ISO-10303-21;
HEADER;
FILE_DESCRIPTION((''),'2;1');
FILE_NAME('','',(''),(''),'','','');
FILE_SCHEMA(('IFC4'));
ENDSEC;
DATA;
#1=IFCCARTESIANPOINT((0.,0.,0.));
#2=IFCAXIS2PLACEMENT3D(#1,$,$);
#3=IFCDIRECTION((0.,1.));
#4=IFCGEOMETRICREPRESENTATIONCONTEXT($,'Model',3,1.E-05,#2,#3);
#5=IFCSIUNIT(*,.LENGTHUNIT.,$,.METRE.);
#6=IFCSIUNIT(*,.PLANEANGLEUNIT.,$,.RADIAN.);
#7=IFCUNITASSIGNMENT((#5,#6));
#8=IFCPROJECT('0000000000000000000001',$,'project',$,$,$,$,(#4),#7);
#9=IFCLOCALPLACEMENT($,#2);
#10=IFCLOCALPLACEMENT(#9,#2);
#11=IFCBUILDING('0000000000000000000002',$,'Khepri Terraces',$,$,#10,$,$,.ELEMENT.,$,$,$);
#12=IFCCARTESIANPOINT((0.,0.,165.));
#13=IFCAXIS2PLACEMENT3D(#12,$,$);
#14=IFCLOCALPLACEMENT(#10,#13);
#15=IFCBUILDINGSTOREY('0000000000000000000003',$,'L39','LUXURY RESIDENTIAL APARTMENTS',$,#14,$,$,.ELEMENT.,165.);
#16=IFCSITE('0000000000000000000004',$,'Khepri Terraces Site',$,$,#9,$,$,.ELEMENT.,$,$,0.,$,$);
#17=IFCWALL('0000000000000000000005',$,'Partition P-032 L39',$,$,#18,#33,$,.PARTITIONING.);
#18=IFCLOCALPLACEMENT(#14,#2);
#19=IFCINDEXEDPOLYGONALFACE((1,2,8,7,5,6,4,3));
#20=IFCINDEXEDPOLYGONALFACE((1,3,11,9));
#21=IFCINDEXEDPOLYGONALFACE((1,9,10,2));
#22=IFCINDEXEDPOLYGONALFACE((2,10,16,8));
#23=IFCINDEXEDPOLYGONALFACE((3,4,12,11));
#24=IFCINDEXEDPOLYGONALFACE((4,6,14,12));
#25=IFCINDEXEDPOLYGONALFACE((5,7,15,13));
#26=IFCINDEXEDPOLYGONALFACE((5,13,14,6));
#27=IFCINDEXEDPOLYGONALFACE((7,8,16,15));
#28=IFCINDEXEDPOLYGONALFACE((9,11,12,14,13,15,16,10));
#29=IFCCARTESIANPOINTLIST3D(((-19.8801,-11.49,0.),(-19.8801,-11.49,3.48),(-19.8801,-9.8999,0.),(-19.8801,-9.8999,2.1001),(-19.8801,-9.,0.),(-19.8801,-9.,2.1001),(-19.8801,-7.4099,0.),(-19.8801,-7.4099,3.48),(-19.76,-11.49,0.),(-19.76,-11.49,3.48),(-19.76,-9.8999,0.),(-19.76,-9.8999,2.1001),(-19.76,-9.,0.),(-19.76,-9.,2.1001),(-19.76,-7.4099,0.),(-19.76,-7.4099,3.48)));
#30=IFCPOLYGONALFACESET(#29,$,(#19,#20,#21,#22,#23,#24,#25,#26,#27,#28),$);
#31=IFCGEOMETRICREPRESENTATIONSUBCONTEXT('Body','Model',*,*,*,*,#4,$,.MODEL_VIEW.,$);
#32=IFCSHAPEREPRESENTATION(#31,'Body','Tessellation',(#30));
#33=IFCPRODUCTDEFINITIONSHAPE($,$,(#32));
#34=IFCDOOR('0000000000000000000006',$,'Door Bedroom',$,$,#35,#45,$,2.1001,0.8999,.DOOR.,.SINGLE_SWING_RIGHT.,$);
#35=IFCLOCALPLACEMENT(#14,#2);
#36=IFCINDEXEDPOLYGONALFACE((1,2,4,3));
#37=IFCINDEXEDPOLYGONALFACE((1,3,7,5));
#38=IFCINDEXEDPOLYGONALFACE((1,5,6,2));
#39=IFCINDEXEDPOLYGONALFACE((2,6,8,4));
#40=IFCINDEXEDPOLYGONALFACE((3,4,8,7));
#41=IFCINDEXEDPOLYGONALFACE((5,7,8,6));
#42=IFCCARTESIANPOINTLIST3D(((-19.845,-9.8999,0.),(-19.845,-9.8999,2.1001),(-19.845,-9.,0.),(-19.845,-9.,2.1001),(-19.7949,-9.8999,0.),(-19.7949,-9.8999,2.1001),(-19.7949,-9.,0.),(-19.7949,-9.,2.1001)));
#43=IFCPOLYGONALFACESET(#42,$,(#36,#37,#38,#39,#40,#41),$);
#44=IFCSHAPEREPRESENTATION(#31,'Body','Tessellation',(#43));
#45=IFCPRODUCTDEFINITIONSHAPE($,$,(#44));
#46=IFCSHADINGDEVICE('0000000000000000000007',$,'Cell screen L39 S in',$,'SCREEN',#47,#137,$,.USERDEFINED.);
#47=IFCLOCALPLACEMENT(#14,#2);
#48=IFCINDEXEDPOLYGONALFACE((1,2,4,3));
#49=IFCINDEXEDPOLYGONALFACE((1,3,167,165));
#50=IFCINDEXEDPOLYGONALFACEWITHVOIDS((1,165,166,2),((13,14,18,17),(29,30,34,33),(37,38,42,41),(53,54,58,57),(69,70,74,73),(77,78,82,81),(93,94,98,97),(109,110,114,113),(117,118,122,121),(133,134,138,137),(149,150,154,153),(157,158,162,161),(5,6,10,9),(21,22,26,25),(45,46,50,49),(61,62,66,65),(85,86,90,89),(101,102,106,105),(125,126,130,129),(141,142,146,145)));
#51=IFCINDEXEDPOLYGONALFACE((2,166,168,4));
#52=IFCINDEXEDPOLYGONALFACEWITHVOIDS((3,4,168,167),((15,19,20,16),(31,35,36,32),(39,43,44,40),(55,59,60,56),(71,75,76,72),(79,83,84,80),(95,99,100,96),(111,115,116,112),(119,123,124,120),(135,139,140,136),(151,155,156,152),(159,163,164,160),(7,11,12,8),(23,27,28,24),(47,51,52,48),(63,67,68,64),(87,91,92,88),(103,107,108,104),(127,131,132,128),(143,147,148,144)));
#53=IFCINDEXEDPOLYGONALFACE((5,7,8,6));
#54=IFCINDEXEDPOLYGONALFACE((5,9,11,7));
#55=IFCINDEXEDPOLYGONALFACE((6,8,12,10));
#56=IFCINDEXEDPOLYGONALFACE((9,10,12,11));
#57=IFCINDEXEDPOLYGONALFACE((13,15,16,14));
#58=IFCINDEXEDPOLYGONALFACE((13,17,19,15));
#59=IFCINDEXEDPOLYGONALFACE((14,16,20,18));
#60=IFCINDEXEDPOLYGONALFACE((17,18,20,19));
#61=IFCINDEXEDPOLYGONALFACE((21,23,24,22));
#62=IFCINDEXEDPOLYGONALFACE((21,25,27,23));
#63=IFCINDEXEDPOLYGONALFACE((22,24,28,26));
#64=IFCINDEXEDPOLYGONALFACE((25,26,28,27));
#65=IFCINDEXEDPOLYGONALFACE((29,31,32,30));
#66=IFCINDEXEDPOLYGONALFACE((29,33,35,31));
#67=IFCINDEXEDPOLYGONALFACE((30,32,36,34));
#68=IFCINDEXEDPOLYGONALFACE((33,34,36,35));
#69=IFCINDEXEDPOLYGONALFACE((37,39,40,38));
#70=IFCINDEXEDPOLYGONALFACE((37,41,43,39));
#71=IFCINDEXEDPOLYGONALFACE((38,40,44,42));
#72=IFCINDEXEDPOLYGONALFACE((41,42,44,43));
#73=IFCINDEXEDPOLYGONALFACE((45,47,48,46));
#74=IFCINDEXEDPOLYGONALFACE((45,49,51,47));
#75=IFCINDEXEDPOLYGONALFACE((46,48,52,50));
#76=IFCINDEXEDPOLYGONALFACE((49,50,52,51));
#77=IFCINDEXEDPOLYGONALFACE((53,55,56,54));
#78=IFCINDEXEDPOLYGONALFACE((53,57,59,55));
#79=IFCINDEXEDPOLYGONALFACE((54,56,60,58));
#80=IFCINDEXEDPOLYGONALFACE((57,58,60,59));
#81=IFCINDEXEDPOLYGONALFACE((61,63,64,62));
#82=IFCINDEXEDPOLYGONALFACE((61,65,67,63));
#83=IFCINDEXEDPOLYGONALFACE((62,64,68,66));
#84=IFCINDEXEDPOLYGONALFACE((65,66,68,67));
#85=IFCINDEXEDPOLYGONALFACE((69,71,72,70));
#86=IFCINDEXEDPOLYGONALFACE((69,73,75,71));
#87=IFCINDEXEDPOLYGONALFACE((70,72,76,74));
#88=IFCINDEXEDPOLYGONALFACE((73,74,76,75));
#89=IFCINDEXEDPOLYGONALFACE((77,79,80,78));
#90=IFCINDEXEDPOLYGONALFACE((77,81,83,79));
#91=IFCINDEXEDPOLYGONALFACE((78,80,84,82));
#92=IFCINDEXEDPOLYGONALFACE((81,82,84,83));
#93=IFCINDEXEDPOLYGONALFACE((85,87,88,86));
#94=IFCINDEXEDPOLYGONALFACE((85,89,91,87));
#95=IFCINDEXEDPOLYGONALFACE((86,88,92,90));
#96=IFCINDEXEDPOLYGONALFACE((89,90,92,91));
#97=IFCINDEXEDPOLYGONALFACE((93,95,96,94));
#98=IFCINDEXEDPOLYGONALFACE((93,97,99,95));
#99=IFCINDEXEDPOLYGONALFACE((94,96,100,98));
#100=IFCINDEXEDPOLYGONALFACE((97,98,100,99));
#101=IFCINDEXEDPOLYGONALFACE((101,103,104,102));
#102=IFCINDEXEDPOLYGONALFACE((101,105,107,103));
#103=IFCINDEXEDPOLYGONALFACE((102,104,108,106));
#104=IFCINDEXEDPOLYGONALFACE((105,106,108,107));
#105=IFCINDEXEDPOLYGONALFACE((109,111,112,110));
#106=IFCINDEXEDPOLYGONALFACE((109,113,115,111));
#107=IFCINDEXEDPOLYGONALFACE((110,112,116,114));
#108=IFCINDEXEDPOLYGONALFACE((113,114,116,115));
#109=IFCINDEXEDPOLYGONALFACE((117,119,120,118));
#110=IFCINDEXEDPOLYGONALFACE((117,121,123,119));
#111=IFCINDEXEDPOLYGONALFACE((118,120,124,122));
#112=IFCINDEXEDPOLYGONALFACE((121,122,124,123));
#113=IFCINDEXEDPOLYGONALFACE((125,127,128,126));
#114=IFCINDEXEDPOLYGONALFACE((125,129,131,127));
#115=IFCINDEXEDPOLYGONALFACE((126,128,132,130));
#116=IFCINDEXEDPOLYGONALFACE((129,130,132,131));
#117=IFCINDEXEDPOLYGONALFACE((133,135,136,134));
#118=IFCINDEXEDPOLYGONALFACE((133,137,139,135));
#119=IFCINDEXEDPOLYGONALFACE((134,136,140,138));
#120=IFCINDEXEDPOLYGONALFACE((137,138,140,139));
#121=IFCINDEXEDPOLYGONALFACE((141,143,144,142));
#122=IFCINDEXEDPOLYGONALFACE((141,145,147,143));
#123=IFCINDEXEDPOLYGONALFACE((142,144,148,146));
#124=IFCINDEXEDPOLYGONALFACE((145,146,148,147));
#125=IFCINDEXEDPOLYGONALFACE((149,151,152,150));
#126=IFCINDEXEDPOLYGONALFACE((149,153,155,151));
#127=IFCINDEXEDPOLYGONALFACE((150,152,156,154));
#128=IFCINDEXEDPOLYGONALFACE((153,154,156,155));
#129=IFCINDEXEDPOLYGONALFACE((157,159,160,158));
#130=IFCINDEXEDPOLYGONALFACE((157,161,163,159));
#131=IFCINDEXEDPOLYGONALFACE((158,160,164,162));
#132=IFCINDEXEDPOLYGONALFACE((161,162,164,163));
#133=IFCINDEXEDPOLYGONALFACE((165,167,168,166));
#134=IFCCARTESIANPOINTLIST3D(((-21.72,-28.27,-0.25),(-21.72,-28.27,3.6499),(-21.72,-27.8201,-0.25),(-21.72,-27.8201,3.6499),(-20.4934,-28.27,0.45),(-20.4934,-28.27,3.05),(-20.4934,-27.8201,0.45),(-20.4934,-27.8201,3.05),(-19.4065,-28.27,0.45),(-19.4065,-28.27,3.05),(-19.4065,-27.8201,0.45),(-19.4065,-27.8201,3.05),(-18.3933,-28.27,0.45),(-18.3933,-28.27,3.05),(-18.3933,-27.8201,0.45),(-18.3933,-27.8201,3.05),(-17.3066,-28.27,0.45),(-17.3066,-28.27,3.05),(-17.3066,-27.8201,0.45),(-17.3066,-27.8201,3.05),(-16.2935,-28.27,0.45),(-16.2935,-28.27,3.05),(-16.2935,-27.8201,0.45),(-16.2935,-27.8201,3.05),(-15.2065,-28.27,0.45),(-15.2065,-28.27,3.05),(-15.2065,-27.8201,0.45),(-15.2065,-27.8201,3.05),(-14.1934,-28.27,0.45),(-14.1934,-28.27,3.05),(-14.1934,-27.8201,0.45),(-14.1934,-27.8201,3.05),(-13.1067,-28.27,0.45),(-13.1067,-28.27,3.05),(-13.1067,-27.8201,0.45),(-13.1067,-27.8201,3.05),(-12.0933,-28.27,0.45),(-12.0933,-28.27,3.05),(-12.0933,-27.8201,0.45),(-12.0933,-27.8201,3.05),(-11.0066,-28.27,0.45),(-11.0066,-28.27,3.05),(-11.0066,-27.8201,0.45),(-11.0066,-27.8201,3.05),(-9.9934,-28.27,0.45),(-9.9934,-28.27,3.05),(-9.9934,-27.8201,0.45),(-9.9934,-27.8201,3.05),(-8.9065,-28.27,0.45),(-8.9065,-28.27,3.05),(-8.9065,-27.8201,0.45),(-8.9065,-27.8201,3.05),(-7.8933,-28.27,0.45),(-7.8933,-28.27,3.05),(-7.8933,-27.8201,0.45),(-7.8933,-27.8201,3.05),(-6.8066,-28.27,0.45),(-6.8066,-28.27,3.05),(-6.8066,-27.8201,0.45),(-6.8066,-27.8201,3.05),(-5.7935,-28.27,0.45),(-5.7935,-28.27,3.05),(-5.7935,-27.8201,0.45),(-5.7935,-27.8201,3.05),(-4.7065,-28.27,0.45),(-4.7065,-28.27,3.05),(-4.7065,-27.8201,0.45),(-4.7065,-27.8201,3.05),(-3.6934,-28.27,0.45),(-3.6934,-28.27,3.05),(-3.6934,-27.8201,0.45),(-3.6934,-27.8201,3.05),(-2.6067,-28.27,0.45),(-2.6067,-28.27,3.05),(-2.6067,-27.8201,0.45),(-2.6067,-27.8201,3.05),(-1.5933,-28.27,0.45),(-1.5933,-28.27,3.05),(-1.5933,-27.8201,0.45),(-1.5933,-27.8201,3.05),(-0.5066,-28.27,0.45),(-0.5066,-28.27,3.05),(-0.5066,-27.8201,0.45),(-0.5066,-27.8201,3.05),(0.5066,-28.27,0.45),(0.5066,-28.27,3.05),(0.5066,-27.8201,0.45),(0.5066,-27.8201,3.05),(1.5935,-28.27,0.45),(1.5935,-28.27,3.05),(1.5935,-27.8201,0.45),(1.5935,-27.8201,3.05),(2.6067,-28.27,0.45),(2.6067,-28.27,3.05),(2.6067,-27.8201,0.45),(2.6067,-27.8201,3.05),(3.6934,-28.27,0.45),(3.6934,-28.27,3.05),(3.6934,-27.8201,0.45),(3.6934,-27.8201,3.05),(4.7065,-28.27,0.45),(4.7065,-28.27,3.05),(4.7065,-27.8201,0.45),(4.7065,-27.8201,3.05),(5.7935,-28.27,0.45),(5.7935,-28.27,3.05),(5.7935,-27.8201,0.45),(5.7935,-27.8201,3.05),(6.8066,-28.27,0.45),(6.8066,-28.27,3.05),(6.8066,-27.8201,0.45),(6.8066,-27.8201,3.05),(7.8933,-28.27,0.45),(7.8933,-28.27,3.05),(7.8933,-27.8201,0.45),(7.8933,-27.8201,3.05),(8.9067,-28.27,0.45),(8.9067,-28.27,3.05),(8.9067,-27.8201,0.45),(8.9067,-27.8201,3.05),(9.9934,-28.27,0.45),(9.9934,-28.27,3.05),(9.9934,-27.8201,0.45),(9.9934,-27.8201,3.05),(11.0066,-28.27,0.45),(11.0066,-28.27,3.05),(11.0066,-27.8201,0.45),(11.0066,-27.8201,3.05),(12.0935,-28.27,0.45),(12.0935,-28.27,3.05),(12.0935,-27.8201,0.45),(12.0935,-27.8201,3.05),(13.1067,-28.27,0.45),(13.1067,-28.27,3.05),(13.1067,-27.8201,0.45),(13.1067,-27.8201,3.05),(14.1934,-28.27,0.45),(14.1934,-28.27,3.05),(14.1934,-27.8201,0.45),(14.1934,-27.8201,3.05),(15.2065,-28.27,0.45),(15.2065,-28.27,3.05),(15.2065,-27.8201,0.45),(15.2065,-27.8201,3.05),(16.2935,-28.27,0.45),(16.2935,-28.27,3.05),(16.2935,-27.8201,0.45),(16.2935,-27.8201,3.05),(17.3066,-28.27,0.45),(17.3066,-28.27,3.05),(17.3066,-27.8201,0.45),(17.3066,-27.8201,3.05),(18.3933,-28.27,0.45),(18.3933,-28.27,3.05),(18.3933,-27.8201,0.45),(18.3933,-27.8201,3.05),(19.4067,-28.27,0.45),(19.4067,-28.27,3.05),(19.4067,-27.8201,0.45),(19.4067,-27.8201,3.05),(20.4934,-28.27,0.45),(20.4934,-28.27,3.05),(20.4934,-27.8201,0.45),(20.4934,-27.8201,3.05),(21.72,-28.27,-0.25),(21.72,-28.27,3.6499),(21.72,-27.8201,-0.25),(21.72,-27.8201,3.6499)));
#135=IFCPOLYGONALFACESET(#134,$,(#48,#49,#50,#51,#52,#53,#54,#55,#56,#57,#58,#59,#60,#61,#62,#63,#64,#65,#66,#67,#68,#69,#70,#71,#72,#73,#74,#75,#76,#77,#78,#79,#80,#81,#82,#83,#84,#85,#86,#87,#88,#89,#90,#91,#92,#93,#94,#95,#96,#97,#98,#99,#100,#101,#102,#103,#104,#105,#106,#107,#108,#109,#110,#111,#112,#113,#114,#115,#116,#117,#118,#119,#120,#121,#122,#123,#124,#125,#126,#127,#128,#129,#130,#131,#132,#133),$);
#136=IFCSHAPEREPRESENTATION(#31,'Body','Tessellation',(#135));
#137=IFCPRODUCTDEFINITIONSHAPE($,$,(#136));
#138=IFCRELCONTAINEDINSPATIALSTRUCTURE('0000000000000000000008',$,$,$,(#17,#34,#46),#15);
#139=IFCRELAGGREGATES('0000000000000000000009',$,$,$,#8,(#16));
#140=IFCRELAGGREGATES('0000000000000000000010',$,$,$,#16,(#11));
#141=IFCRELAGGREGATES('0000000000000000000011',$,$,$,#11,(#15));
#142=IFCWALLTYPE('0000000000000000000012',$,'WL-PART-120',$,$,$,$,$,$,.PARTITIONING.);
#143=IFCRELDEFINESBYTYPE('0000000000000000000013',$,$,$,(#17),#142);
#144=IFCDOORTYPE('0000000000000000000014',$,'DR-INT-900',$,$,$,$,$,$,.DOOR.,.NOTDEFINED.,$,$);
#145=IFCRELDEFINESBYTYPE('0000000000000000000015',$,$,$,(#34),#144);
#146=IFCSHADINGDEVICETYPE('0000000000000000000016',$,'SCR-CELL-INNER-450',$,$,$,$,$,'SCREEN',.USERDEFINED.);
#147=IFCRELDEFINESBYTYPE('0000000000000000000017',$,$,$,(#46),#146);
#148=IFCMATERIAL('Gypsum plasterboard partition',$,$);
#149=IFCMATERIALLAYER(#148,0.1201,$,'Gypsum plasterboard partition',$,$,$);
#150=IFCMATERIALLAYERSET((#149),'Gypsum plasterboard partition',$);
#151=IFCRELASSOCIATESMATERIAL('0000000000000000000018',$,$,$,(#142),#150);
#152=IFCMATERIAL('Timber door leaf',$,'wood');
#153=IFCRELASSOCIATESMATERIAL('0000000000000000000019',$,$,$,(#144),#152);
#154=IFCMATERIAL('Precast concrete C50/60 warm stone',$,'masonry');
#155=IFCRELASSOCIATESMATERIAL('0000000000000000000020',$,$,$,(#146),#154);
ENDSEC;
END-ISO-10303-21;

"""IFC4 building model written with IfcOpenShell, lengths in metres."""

from ifc_helpers import new_model, si_unit, direction, frame, frame_2d, origin, place, context, subcontext, project, spatial, polyline, rectangle, outline, extrude, material, layer, layer_set, type_object, element, fill, save


model = new_model("IFC4")

# Units and contexts
model_context = context("Model", 3, precision=1e-05, world=origin(), true_north=direction((0.0, 1.0)))
body_context = subcontext(model_context, "Body", "Model", "MODEL_VIEW")
ifc_project = project(units=[si_unit("LENGTHUNIT", "METRE"), si_unit("PLANEANGLEUNIT", "RADIAN")], contexts=[model_context])

# Site, building, storey
site_placement = place(None, origin())
site = spatial("IfcSite", under=ifc_project, at=site_placement, Name="Khepri Terraces Site", CompositionType="ELEMENT", RefElevation=0.0)
building_placement = place(site_placement, origin())
building = spatial("IfcBuilding", under=site, at=building_placement, Name="Khepri Terraces", CompositionType="ELEMENT")
storey_placement = place(building_placement, frame((0.0, 0.0, 165.0)))
storey = spatial("IfcBuildingStorey", under=building, at=storey_placement, Name="L39", Description="LUXURY RESIDENTIAL APARTMENTS", CompositionType="ELEMENT", Elevation=165.0)

# Shared definitions
ifc_material_1 = material(Name="Precast concrete C50/60 warm stone", Category="masonry")

# Shared definitions
ifc_material_2 = material(Name="Gypsum plasterboard partition")
ifc_layer_1 = layer(ifc_material_2, 0.1201, Name="Gypsum plasterboard partition")
ifc_layer_set_1 = layer_set([ifc_layer_1], Name="Gypsum plasterboard partition")
wall_type_1 = type_object("IfcWallType", Name="WL-PART-120", PredefinedType="PARTITIONING", material=ifc_layer_set_1)
ifc_material_3 = material(Name="Timber door leaf", Category="wood")
door_type_1 = type_object("IfcDoorType", Name="DR-INT-900", OperationType="NOTDEFINED", PredefinedType="DOOR", material=ifc_material_3)

# Wall, opening, door
wall_1_placement = place(storey_placement, frame((-19.8201, -11.49, 0.0), z_axis=(0.0, 0.0, 1.0), x_axis=(0.0, 1.0, 0.0)))
wall_1 = element("IfcWall", 1, at=wall_1_placement, inside=storey, type_object=wall_type_1, Name="Partition P-032 L39", PredefinedType="PARTITIONING", context=body_context, shape_type="SweptSolid", body=[
    extrude(rectangle(XDim=4.0801, YDim=0.1201, at=frame_2d((2.04, 0.0))), origin(), (0.0, 0.0, 1.0), 3.48),
])
opening_1_placement = place(wall_1_placement, frame((1.5901, 0.0, 0.0)))
opening_1 = element("IfcOpeningElement", 2, at=opening_1_placement, cuts=wall_1, PredefinedType="OPENING", context=body_context, shape_type="SweptSolid", body=[
    extrude(rectangle(XDim=0.8999, YDim=2.1001, at=frame_2d((0.45, 1.05))), frame((0.0, 0.0701, 0.0), z_axis=(0.0, -1.0, 0.0), x_axis=(1.0, 0.0, 0.0)), (0.0, 0.0, 1.0), 0.1401),
])
door_1_placement = place(opening_1_placement, origin())
door_1 = element("IfcDoor", 3, at=door_1_placement, inside=storey, type_object=door_type_1, Name="Door Bedroom", OperationType="SINGLE_SWING_RIGHT", OverallHeight=2.1001, OverallWidth=0.8999, PredefinedType="DOOR", context=body_context, shape_type="SweptSolid", body=[
    extrude(rectangle(XDim=0.8999, YDim=2.1001, at=frame_2d((0.45, 1.05))), frame((0.0, 0.0249, 0.0), z_axis=(0.0, -1.0, 0.0), x_axis=(1.0, 0.0, 0.0)), (0.0, 0.0, 1.0), 0.05),
])
fill(opening_1, door_1)

# Shading device
shading_device_type_1 = type_object("IfcShadingDeviceType", Name="SCR-CELL-INNER-450", ElementType="SCREEN", PredefinedType="USERDEFINED", material=ifc_material_1)
shading_device_1_placement = place(storey_placement, frame((-21.72, -27.8201, -0.25), z_axis=(0.0, -1.0, 0.0), x_axis=(1.0, 0.0, 0.0)))
element("IfcShadingDevice", 4, at=shading_device_1_placement, inside=storey, type_object=shading_device_type_1, Name="Cell screen L39 S in", ObjectType="SCREEN", PredefinedType="USERDEFINED", context=body_context, shape_type="SweptSolid", body=[
    extrude(outline(polyline([(0.0, 0.0), (43.4399, 0.0), (43.4399, 3.8999), (0.0, 3.8999), (0.0, 0.0)]), holes=[polyline([(1.2266, 0.7), (2.3135, 0.7), (2.3135, 3.3), (1.2266, 3.3), (1.2266, 0.7)]), polyline([(3.3267, 0.7), (4.4133, 0.7), (4.4133, 3.3), (3.3267, 3.3), (3.3267, 0.7)]), polyline([(5.4265, 0.7), (6.5134, 0.7), (6.5134, 3.3), (5.4265, 3.3), (5.4265, 0.7)]), polyline([(7.5266, 0.7), (8.6133, 0.7), (8.6133, 3.3), (7.5266, 3.3), (7.5266, 0.7)]), polyline([(9.6267, 0.7), (10.7134, 0.7), (10.7134, 3.3), (9.6267, 3.3), (9.6267, 0.7)]), polyline([(11.7266, 0.7), (12.8135, 0.7), (12.8135, 3.3), (11.7266, 3.3), (11.7266, 0.7)]), polyline([(13.8267, 0.7), (14.9133, 0.7), (14.9133, 3.3), (13.8267, 3.3), (13.8267, 0.7)]), polyline([(15.9265, 0.7), (17.0134, 0.7), (17.0134, 3.3), (15.9265, 3.3), (15.9265, 0.7)]), polyline([(18.0266, 0.7), (19.1133, 0.7), (19.1133, 3.3), (18.0266, 3.3), (18.0266, 0.7)]), polyline([(20.1267, 0.7), (21.2134, 0.7), (21.2134, 3.3), (20.1267, 3.3), (20.1267, 0.7)]), polyline([(22.2266, 0.7), (23.3135, 0.7), (23.3135, 3.3), (22.2266, 3.3), (22.2266, 0.7)]), polyline([(24.3267, 0.7), (25.4133, 0.7), (25.4133, 3.3), (24.3267, 3.3), (24.3267, 0.7)]), polyline([(26.4265, 0.7), (27.5134, 0.7), (27.5134, 3.3), (26.4265, 3.3), (26.4265, 0.7)]), polyline([(28.5266, 0.7), (29.6133, 0.7), (29.6133, 3.3), (28.5266, 3.3), (28.5266, 0.7)]), polyline([(30.6267, 0.7), (31.7134, 0.7), (31.7134, 3.3), (30.6267, 3.3), (30.6267, 0.7)]), polyline([(32.7266, 0.7), (33.8135, 0.7), (33.8135, 3.3), (32.7266, 3.3), (32.7266, 0.7)]), polyline([(34.8267, 0.7), (35.9133, 0.7), (35.9133, 3.3), (34.8267, 3.3), (34.8267, 0.7)]), polyline([(36.9265, 0.7), (38.0134, 0.7), (38.0134, 3.3), (36.9265, 3.3), (36.9265, 0.7)]), polyline([(39.0266, 0.7), (40.1133, 0.7), (40.1133, 3.3), (39.0266, 3.3), (39.0266, 0.7)]), polyline([(41.1267, 0.7), (42.2134, 0.7), (42.2134, 3.3), (41.1267, 3.3), (41.1267, 0.7)])]), origin(), (0.0, 0.0, 1.0), 0.45),
])

save(model, "model.ifc")
